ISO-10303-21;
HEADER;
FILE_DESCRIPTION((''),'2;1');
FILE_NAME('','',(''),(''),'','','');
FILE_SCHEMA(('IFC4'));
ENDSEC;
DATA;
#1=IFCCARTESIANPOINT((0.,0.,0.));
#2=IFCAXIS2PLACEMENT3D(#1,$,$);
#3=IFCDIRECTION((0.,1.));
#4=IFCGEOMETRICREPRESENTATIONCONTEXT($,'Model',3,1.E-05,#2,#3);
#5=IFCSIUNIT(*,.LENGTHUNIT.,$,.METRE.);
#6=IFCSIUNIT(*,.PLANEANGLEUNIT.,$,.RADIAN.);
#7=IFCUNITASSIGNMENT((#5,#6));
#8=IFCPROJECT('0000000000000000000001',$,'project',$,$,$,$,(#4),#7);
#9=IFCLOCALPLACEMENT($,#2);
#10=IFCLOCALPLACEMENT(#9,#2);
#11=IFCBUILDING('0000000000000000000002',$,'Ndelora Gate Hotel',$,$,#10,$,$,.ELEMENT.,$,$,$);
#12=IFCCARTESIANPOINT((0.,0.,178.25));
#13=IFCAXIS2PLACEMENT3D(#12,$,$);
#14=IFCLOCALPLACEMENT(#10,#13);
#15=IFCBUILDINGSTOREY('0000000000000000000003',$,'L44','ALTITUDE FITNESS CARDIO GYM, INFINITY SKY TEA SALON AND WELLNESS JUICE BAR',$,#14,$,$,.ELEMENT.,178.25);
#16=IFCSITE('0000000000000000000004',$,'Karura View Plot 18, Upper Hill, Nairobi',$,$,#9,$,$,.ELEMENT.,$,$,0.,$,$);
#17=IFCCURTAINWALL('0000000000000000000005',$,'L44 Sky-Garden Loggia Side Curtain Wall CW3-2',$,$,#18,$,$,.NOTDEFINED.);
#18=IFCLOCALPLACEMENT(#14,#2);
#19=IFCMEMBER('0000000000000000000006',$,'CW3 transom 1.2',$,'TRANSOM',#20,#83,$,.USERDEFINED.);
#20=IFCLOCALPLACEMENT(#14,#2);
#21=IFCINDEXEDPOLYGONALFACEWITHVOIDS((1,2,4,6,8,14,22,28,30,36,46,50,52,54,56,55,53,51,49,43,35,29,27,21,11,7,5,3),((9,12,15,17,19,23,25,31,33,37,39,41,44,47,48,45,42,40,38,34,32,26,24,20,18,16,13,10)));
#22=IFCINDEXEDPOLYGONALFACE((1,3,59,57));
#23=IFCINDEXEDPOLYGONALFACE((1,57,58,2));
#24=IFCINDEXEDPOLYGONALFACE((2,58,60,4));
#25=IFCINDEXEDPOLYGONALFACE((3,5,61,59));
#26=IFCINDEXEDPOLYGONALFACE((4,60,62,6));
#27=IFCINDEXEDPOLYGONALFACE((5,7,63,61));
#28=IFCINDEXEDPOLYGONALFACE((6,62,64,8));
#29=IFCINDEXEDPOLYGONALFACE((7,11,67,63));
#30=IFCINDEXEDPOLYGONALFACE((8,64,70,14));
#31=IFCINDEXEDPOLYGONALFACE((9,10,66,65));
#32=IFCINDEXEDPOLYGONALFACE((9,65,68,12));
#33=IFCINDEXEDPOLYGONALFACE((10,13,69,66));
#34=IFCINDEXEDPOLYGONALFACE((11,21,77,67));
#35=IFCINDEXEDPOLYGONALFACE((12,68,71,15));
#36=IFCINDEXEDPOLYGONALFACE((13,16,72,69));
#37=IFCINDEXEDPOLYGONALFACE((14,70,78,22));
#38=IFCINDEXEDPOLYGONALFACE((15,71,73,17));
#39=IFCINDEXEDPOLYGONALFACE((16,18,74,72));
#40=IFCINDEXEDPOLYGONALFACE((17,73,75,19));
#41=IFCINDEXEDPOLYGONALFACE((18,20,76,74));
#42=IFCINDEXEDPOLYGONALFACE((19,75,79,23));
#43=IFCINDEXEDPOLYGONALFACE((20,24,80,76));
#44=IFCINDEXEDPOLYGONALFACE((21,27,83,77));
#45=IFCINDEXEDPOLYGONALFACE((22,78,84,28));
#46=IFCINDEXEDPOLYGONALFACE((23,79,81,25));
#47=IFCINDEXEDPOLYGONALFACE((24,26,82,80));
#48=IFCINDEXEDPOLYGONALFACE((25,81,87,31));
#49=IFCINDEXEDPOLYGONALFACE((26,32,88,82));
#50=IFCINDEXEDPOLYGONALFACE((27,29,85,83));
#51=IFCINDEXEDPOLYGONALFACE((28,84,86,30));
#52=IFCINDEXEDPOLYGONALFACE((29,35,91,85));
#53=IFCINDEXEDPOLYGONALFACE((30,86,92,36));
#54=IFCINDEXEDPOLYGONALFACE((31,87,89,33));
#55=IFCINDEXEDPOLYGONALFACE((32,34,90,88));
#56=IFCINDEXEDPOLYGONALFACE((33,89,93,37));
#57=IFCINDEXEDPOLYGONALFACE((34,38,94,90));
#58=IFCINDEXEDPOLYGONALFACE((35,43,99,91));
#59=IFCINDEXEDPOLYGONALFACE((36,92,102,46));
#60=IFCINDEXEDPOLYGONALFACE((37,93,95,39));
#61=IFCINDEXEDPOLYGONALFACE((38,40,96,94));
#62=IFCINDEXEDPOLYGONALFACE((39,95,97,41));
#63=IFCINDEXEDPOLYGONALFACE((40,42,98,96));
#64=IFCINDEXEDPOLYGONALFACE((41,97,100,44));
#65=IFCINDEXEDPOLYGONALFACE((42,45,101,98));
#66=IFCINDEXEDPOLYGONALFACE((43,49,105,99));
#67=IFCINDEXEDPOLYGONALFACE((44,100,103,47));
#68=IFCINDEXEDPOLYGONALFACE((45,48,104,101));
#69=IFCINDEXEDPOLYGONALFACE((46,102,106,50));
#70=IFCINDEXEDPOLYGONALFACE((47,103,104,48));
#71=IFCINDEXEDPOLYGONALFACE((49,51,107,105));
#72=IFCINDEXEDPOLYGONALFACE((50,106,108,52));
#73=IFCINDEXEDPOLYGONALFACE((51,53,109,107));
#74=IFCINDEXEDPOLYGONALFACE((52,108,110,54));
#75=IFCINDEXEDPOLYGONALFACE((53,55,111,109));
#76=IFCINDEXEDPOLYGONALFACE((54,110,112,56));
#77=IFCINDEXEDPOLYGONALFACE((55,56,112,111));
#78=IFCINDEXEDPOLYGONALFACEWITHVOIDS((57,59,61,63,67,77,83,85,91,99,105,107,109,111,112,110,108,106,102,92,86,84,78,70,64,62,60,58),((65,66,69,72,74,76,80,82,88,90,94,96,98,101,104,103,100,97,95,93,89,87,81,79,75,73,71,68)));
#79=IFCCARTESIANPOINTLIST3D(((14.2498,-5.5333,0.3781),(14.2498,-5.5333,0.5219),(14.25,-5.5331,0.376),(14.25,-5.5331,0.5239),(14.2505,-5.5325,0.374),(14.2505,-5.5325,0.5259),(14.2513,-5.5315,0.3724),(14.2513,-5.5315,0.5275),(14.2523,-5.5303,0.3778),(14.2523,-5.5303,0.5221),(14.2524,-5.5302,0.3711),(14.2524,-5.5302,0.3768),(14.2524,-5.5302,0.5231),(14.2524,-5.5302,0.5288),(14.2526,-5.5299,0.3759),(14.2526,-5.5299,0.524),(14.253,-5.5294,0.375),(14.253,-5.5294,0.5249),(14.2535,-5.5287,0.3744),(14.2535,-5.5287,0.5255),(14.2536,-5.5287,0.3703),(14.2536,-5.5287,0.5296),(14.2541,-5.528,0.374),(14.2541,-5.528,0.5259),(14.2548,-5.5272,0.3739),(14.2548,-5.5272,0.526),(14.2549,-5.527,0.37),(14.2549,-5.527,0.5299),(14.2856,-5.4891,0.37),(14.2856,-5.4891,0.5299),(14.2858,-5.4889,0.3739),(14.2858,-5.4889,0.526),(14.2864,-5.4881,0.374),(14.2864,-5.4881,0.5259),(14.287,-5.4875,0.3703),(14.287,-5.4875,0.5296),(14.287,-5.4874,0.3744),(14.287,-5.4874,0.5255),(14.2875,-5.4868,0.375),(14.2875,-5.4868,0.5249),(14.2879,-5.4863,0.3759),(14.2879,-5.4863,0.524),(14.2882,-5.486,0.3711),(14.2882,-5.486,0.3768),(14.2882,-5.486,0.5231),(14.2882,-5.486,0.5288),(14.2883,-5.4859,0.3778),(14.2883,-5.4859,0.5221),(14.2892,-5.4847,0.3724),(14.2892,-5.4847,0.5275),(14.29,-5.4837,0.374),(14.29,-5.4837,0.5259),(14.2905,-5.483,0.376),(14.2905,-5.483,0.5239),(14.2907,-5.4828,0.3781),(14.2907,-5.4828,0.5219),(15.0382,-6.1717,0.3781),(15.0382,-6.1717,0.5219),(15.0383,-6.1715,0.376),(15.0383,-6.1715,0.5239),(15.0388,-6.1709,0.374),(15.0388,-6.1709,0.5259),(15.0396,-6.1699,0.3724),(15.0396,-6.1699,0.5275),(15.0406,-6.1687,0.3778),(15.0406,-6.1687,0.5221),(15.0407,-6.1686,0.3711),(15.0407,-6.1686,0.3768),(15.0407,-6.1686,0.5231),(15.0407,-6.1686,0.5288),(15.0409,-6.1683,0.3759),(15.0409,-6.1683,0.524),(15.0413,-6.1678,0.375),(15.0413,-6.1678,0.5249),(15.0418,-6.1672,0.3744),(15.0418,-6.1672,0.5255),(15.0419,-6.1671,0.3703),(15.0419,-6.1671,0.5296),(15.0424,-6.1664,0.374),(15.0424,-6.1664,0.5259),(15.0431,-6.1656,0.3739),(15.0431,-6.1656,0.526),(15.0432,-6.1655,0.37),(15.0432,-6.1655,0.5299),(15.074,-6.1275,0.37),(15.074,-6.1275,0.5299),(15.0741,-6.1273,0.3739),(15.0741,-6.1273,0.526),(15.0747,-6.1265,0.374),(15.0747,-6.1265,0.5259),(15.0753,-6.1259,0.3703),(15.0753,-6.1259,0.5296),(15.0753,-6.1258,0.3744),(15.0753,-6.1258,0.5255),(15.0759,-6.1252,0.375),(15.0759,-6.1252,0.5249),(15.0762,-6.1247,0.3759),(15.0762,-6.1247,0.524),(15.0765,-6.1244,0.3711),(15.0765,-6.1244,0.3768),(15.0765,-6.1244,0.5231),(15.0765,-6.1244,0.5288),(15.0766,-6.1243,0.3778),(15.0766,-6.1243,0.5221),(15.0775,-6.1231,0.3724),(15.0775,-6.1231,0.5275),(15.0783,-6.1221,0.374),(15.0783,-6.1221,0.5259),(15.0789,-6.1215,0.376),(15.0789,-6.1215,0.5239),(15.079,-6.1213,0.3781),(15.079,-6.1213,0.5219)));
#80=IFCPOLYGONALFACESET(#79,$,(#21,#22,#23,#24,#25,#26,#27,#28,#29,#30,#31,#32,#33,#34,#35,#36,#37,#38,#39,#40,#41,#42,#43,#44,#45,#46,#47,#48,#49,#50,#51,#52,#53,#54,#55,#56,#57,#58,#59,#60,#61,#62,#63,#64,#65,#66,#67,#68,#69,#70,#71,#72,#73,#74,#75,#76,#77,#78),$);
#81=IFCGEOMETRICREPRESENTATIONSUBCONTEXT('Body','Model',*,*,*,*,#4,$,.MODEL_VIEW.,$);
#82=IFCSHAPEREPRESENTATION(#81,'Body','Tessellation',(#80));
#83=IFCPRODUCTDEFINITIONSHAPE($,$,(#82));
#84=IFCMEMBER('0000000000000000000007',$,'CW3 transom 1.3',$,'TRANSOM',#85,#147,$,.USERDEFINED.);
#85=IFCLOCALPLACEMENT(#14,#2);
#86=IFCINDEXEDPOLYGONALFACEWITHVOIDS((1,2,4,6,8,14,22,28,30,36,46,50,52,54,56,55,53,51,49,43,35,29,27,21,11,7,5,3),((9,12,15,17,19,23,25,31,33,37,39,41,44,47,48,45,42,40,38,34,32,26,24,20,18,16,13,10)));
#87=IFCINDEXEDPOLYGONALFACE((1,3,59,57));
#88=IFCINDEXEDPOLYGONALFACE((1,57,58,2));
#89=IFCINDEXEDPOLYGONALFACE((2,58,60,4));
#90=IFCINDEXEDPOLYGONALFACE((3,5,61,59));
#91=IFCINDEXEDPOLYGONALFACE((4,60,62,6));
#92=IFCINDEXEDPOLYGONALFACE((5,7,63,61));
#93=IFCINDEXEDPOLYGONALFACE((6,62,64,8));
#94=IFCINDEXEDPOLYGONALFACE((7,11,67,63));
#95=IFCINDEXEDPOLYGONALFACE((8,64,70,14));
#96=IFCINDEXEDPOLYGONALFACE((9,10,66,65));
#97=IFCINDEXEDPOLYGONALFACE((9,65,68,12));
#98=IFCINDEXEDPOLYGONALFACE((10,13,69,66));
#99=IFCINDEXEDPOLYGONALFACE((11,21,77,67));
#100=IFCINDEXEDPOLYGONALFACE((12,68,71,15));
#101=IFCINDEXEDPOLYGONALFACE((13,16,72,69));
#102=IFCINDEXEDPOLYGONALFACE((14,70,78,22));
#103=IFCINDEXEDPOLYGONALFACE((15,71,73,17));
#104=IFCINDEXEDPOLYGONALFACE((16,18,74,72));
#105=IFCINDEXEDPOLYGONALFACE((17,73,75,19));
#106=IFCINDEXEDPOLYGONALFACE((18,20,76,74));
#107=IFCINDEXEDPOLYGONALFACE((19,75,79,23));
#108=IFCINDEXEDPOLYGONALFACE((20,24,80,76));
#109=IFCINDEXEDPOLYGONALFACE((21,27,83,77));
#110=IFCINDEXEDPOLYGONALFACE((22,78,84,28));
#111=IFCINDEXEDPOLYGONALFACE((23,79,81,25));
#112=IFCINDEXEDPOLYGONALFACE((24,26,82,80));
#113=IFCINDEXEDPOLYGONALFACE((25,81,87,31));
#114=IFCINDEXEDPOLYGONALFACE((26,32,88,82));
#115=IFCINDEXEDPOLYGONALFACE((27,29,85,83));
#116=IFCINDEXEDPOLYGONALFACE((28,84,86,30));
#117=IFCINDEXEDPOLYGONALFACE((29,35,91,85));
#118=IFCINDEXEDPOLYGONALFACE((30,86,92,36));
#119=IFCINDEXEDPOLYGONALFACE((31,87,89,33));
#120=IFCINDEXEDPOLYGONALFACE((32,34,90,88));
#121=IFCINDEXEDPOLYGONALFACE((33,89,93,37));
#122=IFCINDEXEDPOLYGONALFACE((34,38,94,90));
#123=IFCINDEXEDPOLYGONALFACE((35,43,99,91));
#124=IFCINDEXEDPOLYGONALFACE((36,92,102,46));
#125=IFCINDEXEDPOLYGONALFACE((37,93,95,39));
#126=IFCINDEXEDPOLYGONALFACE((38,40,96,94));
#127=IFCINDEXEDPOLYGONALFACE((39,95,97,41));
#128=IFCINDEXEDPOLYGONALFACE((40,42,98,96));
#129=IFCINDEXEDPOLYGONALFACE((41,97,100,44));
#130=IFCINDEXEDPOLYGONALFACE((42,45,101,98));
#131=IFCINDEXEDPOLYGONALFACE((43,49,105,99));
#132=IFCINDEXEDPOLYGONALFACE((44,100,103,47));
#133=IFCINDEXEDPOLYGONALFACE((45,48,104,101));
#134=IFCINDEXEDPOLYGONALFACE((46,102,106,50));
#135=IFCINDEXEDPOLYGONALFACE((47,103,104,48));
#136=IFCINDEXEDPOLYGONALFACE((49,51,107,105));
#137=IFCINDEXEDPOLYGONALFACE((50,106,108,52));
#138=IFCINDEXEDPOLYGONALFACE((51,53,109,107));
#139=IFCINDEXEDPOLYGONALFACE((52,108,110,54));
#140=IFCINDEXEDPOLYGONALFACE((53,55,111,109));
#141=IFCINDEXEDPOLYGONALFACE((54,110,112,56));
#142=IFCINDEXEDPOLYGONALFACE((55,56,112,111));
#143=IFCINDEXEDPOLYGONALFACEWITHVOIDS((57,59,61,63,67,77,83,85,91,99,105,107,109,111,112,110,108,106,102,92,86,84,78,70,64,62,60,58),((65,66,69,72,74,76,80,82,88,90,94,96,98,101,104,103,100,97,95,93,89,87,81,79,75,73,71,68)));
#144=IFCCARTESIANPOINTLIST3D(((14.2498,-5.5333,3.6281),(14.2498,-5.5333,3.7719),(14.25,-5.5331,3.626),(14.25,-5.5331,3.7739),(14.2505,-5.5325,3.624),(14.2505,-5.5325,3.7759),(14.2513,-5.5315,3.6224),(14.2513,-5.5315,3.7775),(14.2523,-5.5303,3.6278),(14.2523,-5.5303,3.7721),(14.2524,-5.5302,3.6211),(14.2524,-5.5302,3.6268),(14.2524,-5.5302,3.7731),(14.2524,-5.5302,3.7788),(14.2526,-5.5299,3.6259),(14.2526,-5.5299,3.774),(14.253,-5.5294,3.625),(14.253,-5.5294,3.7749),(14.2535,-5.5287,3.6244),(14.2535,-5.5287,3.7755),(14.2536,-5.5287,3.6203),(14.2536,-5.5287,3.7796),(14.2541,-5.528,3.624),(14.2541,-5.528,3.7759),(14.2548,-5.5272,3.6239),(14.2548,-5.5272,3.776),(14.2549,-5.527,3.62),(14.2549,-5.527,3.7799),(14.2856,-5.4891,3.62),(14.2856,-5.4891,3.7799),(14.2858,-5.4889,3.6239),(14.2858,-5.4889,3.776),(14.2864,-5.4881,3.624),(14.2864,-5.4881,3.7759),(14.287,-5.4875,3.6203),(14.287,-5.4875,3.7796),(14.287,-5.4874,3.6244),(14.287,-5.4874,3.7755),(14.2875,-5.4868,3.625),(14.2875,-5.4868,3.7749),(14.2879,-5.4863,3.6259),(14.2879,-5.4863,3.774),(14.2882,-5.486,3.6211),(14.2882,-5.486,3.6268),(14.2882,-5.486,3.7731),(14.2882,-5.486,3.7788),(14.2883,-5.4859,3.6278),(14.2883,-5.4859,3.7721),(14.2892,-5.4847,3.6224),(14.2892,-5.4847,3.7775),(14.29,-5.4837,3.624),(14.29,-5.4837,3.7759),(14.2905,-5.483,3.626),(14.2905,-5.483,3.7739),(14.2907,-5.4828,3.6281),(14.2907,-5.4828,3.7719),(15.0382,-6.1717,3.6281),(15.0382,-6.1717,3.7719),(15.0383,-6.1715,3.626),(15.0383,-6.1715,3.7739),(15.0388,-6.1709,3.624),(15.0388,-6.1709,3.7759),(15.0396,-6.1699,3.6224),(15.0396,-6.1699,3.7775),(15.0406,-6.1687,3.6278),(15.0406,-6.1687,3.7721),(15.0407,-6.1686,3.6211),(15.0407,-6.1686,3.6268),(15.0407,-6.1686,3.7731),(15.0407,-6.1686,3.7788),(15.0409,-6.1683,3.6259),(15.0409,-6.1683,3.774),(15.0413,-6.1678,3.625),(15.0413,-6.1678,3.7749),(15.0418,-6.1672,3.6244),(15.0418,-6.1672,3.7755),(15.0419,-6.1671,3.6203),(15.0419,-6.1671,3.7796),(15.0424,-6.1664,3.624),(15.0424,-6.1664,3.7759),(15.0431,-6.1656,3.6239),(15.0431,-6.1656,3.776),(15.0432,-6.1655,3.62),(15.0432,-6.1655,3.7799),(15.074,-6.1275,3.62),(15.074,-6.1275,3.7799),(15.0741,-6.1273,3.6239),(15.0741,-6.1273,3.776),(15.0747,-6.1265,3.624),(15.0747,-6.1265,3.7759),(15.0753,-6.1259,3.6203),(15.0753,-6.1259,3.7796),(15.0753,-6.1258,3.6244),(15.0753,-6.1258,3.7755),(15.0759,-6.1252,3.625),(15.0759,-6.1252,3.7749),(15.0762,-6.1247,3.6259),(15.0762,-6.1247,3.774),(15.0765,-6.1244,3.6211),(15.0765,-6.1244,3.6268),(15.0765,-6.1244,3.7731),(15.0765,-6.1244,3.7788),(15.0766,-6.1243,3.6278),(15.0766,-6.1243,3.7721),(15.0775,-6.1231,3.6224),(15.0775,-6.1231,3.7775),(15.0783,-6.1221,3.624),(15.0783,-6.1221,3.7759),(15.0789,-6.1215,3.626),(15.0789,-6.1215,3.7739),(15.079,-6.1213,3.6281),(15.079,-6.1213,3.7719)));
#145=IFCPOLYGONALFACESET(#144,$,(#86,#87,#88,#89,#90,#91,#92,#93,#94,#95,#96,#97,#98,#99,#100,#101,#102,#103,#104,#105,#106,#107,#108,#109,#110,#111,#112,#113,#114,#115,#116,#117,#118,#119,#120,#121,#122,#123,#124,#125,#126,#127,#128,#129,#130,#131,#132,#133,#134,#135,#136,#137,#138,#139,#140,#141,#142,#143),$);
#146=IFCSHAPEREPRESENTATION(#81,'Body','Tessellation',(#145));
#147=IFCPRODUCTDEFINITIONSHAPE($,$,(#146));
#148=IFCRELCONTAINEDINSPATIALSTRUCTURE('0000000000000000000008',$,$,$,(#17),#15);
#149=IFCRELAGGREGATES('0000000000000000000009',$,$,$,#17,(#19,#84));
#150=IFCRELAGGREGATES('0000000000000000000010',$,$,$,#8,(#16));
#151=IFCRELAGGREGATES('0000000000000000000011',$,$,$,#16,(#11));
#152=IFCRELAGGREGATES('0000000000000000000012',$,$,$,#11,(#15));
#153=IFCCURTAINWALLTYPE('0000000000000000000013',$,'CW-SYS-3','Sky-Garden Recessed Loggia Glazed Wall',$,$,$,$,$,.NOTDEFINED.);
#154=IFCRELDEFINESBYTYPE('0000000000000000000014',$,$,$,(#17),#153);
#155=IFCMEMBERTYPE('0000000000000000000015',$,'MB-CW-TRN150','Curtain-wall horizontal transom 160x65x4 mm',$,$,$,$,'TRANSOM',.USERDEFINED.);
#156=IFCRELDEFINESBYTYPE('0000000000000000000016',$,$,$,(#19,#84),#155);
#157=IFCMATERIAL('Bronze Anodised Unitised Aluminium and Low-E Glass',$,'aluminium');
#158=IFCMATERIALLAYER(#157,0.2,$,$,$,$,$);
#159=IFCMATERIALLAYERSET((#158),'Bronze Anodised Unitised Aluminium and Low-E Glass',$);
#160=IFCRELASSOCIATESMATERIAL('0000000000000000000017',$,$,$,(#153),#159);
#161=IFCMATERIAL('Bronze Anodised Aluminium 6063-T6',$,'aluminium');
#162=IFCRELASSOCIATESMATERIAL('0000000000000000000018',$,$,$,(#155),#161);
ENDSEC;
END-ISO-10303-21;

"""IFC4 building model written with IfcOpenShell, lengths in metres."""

from ifc_helpers import new_model, si_unit, direction, frame, origin, origin_2d, place, context, subcontext, project, spatial, hollow_rectangle, extrude, material, layer, layer_set, material_profile, profile_set, type_object, element, aggregate, save


model = new_model("IFC4")

# Units and contexts
model_context = context("Model", 3, precision=1e-05, world=origin(), true_north=direction((0.0, 1.0)))
body_context = subcontext(model_context, "Body", "Model", "MODEL_VIEW")
ifc_project = project(units=[si_unit("LENGTHUNIT", "METRE"), si_unit("PLANEANGLEUNIT", "RADIAN")], contexts=[model_context])

# Site, building, storey
site_placement = place(None, origin())
site = spatial("IfcSite", under=ifc_project, at=site_placement, Name="Karura View Plot 18, Upper Hill, Nairobi", CompositionType="ELEMENT", RefElevation=0.0)
building_placement = place(site_placement, origin())
building = spatial("IfcBuilding", under=site, at=building_placement, Name="Ndelora Gate Hotel", CompositionType="ELEMENT")
storey_placement = place(building_placement, frame((0.0, 0.0, 178.25)))
storey = spatial("IfcBuildingStorey", under=building, at=storey_placement, Name="L44", Description="ALTITUDE FITNESS CARDIO GYM, INFINITY SKY TEA SALON AND WELLNESS JUICE BAR", CompositionType="ELEMENT", Elevation=178.25)

# Curtain wall, members
ifc_material_1 = material(Name="Bronze Anodised Unitised Aluminium and Low-E Glass", Category="aluminium")
ifc_layer_1 = layer(ifc_material_1, 0.2)
ifc_layer_set_1 = layer_set([ifc_layer_1], Name="Bronze Anodised Unitised Aluminium and Low-E Glass")
curtain_wall_type = type_object("IfcCurtainWallType", Name="CW-SYS-3", Description="Sky-Garden Recessed Loggia Glazed Wall", PredefinedType="NOTDEFINED", material=ifc_layer_set_1)
curtain_wall_placement = place(storey_placement, origin())
curtain_wall = element("IfcCurtainWall", 1, at=curtain_wall_placement, inside=storey, type_object=curtain_wall_type, Name="L44 Sky-Garden Loggia Side Curtain Wall CW3-2", PredefinedType="NOTDEFINED")
ifc_material_2 = material(Name="Bronze Anodised Aluminium 6063-T6", Category="aluminium")
ifc_material_profile_1 = material_profile(ifc_material_2, hollow_rectangle(XDim=0.0649, YDim=0.1599, WallThickness=0.0039, InnerFilletRadius=0.0039, OuterFilletRadius=0.0081, at=origin_2d()), Name="ALU 160x65x4")
ifc_profile_set_1 = profile_set([ifc_material_profile_1], Name="Bronze Anodised Aluminium 6063-T6")
member_type_1 = type_object("IfcMemberType", Name="MB-CW-TRN150", Description="Curtain-wall horizontal transom 160x65x4 mm", ElementType="TRANSOM", PredefinedType="USERDEFINED", material=ifc_profile_set_1)
member_1_placement = place(storey_placement, frame((15.0586, -6.1465, 0.45), z_axis=(-0.777122, 0.629351, 0.0), x_axis=(-0.629351, -0.777122, 0.0)))
member_1 = element("IfcMember", 2, at=member_1_placement, type_object=member_type_1, Name="CW3 transom 1.2", ObjectType="TRANSOM", PredefinedType="USERDEFINED", context=body_context, shape_type="SweptSolid", body=[
    extrude(hollow_rectangle(XDim=0.0649, YDim=0.1599, WallThickness=0.0039, InnerFilletRadius=0.0039, OuterFilletRadius=0.0081, at=origin_2d()), origin(), (0.0, 0.0, 1.0), 1.0144),
])
member_2_placement = place(storey_placement, frame((15.0586, -6.1465, 3.7), z_axis=(-0.777122, 0.629351, 0.0), x_axis=(-0.629351, -0.777122, 0.0)))
member_2 = element("IfcMember", 3, at=member_2_placement, type_object=member_type_1, Name="CW3 transom 1.3", ObjectType="TRANSOM", PredefinedType="USERDEFINED", context=body_context, shape_type="SweptSolid", body=[
    extrude(hollow_rectangle(XDim=0.0649, YDim=0.1599, WallThickness=0.0039, InnerFilletRadius=0.0039, OuterFilletRadius=0.0081, at=origin_2d()), origin(), (0.0, 0.0, 1.0), 1.0144),
])
aggregate(curtain_wall, [member_1, member_2])

save(model, "model.ifc")
